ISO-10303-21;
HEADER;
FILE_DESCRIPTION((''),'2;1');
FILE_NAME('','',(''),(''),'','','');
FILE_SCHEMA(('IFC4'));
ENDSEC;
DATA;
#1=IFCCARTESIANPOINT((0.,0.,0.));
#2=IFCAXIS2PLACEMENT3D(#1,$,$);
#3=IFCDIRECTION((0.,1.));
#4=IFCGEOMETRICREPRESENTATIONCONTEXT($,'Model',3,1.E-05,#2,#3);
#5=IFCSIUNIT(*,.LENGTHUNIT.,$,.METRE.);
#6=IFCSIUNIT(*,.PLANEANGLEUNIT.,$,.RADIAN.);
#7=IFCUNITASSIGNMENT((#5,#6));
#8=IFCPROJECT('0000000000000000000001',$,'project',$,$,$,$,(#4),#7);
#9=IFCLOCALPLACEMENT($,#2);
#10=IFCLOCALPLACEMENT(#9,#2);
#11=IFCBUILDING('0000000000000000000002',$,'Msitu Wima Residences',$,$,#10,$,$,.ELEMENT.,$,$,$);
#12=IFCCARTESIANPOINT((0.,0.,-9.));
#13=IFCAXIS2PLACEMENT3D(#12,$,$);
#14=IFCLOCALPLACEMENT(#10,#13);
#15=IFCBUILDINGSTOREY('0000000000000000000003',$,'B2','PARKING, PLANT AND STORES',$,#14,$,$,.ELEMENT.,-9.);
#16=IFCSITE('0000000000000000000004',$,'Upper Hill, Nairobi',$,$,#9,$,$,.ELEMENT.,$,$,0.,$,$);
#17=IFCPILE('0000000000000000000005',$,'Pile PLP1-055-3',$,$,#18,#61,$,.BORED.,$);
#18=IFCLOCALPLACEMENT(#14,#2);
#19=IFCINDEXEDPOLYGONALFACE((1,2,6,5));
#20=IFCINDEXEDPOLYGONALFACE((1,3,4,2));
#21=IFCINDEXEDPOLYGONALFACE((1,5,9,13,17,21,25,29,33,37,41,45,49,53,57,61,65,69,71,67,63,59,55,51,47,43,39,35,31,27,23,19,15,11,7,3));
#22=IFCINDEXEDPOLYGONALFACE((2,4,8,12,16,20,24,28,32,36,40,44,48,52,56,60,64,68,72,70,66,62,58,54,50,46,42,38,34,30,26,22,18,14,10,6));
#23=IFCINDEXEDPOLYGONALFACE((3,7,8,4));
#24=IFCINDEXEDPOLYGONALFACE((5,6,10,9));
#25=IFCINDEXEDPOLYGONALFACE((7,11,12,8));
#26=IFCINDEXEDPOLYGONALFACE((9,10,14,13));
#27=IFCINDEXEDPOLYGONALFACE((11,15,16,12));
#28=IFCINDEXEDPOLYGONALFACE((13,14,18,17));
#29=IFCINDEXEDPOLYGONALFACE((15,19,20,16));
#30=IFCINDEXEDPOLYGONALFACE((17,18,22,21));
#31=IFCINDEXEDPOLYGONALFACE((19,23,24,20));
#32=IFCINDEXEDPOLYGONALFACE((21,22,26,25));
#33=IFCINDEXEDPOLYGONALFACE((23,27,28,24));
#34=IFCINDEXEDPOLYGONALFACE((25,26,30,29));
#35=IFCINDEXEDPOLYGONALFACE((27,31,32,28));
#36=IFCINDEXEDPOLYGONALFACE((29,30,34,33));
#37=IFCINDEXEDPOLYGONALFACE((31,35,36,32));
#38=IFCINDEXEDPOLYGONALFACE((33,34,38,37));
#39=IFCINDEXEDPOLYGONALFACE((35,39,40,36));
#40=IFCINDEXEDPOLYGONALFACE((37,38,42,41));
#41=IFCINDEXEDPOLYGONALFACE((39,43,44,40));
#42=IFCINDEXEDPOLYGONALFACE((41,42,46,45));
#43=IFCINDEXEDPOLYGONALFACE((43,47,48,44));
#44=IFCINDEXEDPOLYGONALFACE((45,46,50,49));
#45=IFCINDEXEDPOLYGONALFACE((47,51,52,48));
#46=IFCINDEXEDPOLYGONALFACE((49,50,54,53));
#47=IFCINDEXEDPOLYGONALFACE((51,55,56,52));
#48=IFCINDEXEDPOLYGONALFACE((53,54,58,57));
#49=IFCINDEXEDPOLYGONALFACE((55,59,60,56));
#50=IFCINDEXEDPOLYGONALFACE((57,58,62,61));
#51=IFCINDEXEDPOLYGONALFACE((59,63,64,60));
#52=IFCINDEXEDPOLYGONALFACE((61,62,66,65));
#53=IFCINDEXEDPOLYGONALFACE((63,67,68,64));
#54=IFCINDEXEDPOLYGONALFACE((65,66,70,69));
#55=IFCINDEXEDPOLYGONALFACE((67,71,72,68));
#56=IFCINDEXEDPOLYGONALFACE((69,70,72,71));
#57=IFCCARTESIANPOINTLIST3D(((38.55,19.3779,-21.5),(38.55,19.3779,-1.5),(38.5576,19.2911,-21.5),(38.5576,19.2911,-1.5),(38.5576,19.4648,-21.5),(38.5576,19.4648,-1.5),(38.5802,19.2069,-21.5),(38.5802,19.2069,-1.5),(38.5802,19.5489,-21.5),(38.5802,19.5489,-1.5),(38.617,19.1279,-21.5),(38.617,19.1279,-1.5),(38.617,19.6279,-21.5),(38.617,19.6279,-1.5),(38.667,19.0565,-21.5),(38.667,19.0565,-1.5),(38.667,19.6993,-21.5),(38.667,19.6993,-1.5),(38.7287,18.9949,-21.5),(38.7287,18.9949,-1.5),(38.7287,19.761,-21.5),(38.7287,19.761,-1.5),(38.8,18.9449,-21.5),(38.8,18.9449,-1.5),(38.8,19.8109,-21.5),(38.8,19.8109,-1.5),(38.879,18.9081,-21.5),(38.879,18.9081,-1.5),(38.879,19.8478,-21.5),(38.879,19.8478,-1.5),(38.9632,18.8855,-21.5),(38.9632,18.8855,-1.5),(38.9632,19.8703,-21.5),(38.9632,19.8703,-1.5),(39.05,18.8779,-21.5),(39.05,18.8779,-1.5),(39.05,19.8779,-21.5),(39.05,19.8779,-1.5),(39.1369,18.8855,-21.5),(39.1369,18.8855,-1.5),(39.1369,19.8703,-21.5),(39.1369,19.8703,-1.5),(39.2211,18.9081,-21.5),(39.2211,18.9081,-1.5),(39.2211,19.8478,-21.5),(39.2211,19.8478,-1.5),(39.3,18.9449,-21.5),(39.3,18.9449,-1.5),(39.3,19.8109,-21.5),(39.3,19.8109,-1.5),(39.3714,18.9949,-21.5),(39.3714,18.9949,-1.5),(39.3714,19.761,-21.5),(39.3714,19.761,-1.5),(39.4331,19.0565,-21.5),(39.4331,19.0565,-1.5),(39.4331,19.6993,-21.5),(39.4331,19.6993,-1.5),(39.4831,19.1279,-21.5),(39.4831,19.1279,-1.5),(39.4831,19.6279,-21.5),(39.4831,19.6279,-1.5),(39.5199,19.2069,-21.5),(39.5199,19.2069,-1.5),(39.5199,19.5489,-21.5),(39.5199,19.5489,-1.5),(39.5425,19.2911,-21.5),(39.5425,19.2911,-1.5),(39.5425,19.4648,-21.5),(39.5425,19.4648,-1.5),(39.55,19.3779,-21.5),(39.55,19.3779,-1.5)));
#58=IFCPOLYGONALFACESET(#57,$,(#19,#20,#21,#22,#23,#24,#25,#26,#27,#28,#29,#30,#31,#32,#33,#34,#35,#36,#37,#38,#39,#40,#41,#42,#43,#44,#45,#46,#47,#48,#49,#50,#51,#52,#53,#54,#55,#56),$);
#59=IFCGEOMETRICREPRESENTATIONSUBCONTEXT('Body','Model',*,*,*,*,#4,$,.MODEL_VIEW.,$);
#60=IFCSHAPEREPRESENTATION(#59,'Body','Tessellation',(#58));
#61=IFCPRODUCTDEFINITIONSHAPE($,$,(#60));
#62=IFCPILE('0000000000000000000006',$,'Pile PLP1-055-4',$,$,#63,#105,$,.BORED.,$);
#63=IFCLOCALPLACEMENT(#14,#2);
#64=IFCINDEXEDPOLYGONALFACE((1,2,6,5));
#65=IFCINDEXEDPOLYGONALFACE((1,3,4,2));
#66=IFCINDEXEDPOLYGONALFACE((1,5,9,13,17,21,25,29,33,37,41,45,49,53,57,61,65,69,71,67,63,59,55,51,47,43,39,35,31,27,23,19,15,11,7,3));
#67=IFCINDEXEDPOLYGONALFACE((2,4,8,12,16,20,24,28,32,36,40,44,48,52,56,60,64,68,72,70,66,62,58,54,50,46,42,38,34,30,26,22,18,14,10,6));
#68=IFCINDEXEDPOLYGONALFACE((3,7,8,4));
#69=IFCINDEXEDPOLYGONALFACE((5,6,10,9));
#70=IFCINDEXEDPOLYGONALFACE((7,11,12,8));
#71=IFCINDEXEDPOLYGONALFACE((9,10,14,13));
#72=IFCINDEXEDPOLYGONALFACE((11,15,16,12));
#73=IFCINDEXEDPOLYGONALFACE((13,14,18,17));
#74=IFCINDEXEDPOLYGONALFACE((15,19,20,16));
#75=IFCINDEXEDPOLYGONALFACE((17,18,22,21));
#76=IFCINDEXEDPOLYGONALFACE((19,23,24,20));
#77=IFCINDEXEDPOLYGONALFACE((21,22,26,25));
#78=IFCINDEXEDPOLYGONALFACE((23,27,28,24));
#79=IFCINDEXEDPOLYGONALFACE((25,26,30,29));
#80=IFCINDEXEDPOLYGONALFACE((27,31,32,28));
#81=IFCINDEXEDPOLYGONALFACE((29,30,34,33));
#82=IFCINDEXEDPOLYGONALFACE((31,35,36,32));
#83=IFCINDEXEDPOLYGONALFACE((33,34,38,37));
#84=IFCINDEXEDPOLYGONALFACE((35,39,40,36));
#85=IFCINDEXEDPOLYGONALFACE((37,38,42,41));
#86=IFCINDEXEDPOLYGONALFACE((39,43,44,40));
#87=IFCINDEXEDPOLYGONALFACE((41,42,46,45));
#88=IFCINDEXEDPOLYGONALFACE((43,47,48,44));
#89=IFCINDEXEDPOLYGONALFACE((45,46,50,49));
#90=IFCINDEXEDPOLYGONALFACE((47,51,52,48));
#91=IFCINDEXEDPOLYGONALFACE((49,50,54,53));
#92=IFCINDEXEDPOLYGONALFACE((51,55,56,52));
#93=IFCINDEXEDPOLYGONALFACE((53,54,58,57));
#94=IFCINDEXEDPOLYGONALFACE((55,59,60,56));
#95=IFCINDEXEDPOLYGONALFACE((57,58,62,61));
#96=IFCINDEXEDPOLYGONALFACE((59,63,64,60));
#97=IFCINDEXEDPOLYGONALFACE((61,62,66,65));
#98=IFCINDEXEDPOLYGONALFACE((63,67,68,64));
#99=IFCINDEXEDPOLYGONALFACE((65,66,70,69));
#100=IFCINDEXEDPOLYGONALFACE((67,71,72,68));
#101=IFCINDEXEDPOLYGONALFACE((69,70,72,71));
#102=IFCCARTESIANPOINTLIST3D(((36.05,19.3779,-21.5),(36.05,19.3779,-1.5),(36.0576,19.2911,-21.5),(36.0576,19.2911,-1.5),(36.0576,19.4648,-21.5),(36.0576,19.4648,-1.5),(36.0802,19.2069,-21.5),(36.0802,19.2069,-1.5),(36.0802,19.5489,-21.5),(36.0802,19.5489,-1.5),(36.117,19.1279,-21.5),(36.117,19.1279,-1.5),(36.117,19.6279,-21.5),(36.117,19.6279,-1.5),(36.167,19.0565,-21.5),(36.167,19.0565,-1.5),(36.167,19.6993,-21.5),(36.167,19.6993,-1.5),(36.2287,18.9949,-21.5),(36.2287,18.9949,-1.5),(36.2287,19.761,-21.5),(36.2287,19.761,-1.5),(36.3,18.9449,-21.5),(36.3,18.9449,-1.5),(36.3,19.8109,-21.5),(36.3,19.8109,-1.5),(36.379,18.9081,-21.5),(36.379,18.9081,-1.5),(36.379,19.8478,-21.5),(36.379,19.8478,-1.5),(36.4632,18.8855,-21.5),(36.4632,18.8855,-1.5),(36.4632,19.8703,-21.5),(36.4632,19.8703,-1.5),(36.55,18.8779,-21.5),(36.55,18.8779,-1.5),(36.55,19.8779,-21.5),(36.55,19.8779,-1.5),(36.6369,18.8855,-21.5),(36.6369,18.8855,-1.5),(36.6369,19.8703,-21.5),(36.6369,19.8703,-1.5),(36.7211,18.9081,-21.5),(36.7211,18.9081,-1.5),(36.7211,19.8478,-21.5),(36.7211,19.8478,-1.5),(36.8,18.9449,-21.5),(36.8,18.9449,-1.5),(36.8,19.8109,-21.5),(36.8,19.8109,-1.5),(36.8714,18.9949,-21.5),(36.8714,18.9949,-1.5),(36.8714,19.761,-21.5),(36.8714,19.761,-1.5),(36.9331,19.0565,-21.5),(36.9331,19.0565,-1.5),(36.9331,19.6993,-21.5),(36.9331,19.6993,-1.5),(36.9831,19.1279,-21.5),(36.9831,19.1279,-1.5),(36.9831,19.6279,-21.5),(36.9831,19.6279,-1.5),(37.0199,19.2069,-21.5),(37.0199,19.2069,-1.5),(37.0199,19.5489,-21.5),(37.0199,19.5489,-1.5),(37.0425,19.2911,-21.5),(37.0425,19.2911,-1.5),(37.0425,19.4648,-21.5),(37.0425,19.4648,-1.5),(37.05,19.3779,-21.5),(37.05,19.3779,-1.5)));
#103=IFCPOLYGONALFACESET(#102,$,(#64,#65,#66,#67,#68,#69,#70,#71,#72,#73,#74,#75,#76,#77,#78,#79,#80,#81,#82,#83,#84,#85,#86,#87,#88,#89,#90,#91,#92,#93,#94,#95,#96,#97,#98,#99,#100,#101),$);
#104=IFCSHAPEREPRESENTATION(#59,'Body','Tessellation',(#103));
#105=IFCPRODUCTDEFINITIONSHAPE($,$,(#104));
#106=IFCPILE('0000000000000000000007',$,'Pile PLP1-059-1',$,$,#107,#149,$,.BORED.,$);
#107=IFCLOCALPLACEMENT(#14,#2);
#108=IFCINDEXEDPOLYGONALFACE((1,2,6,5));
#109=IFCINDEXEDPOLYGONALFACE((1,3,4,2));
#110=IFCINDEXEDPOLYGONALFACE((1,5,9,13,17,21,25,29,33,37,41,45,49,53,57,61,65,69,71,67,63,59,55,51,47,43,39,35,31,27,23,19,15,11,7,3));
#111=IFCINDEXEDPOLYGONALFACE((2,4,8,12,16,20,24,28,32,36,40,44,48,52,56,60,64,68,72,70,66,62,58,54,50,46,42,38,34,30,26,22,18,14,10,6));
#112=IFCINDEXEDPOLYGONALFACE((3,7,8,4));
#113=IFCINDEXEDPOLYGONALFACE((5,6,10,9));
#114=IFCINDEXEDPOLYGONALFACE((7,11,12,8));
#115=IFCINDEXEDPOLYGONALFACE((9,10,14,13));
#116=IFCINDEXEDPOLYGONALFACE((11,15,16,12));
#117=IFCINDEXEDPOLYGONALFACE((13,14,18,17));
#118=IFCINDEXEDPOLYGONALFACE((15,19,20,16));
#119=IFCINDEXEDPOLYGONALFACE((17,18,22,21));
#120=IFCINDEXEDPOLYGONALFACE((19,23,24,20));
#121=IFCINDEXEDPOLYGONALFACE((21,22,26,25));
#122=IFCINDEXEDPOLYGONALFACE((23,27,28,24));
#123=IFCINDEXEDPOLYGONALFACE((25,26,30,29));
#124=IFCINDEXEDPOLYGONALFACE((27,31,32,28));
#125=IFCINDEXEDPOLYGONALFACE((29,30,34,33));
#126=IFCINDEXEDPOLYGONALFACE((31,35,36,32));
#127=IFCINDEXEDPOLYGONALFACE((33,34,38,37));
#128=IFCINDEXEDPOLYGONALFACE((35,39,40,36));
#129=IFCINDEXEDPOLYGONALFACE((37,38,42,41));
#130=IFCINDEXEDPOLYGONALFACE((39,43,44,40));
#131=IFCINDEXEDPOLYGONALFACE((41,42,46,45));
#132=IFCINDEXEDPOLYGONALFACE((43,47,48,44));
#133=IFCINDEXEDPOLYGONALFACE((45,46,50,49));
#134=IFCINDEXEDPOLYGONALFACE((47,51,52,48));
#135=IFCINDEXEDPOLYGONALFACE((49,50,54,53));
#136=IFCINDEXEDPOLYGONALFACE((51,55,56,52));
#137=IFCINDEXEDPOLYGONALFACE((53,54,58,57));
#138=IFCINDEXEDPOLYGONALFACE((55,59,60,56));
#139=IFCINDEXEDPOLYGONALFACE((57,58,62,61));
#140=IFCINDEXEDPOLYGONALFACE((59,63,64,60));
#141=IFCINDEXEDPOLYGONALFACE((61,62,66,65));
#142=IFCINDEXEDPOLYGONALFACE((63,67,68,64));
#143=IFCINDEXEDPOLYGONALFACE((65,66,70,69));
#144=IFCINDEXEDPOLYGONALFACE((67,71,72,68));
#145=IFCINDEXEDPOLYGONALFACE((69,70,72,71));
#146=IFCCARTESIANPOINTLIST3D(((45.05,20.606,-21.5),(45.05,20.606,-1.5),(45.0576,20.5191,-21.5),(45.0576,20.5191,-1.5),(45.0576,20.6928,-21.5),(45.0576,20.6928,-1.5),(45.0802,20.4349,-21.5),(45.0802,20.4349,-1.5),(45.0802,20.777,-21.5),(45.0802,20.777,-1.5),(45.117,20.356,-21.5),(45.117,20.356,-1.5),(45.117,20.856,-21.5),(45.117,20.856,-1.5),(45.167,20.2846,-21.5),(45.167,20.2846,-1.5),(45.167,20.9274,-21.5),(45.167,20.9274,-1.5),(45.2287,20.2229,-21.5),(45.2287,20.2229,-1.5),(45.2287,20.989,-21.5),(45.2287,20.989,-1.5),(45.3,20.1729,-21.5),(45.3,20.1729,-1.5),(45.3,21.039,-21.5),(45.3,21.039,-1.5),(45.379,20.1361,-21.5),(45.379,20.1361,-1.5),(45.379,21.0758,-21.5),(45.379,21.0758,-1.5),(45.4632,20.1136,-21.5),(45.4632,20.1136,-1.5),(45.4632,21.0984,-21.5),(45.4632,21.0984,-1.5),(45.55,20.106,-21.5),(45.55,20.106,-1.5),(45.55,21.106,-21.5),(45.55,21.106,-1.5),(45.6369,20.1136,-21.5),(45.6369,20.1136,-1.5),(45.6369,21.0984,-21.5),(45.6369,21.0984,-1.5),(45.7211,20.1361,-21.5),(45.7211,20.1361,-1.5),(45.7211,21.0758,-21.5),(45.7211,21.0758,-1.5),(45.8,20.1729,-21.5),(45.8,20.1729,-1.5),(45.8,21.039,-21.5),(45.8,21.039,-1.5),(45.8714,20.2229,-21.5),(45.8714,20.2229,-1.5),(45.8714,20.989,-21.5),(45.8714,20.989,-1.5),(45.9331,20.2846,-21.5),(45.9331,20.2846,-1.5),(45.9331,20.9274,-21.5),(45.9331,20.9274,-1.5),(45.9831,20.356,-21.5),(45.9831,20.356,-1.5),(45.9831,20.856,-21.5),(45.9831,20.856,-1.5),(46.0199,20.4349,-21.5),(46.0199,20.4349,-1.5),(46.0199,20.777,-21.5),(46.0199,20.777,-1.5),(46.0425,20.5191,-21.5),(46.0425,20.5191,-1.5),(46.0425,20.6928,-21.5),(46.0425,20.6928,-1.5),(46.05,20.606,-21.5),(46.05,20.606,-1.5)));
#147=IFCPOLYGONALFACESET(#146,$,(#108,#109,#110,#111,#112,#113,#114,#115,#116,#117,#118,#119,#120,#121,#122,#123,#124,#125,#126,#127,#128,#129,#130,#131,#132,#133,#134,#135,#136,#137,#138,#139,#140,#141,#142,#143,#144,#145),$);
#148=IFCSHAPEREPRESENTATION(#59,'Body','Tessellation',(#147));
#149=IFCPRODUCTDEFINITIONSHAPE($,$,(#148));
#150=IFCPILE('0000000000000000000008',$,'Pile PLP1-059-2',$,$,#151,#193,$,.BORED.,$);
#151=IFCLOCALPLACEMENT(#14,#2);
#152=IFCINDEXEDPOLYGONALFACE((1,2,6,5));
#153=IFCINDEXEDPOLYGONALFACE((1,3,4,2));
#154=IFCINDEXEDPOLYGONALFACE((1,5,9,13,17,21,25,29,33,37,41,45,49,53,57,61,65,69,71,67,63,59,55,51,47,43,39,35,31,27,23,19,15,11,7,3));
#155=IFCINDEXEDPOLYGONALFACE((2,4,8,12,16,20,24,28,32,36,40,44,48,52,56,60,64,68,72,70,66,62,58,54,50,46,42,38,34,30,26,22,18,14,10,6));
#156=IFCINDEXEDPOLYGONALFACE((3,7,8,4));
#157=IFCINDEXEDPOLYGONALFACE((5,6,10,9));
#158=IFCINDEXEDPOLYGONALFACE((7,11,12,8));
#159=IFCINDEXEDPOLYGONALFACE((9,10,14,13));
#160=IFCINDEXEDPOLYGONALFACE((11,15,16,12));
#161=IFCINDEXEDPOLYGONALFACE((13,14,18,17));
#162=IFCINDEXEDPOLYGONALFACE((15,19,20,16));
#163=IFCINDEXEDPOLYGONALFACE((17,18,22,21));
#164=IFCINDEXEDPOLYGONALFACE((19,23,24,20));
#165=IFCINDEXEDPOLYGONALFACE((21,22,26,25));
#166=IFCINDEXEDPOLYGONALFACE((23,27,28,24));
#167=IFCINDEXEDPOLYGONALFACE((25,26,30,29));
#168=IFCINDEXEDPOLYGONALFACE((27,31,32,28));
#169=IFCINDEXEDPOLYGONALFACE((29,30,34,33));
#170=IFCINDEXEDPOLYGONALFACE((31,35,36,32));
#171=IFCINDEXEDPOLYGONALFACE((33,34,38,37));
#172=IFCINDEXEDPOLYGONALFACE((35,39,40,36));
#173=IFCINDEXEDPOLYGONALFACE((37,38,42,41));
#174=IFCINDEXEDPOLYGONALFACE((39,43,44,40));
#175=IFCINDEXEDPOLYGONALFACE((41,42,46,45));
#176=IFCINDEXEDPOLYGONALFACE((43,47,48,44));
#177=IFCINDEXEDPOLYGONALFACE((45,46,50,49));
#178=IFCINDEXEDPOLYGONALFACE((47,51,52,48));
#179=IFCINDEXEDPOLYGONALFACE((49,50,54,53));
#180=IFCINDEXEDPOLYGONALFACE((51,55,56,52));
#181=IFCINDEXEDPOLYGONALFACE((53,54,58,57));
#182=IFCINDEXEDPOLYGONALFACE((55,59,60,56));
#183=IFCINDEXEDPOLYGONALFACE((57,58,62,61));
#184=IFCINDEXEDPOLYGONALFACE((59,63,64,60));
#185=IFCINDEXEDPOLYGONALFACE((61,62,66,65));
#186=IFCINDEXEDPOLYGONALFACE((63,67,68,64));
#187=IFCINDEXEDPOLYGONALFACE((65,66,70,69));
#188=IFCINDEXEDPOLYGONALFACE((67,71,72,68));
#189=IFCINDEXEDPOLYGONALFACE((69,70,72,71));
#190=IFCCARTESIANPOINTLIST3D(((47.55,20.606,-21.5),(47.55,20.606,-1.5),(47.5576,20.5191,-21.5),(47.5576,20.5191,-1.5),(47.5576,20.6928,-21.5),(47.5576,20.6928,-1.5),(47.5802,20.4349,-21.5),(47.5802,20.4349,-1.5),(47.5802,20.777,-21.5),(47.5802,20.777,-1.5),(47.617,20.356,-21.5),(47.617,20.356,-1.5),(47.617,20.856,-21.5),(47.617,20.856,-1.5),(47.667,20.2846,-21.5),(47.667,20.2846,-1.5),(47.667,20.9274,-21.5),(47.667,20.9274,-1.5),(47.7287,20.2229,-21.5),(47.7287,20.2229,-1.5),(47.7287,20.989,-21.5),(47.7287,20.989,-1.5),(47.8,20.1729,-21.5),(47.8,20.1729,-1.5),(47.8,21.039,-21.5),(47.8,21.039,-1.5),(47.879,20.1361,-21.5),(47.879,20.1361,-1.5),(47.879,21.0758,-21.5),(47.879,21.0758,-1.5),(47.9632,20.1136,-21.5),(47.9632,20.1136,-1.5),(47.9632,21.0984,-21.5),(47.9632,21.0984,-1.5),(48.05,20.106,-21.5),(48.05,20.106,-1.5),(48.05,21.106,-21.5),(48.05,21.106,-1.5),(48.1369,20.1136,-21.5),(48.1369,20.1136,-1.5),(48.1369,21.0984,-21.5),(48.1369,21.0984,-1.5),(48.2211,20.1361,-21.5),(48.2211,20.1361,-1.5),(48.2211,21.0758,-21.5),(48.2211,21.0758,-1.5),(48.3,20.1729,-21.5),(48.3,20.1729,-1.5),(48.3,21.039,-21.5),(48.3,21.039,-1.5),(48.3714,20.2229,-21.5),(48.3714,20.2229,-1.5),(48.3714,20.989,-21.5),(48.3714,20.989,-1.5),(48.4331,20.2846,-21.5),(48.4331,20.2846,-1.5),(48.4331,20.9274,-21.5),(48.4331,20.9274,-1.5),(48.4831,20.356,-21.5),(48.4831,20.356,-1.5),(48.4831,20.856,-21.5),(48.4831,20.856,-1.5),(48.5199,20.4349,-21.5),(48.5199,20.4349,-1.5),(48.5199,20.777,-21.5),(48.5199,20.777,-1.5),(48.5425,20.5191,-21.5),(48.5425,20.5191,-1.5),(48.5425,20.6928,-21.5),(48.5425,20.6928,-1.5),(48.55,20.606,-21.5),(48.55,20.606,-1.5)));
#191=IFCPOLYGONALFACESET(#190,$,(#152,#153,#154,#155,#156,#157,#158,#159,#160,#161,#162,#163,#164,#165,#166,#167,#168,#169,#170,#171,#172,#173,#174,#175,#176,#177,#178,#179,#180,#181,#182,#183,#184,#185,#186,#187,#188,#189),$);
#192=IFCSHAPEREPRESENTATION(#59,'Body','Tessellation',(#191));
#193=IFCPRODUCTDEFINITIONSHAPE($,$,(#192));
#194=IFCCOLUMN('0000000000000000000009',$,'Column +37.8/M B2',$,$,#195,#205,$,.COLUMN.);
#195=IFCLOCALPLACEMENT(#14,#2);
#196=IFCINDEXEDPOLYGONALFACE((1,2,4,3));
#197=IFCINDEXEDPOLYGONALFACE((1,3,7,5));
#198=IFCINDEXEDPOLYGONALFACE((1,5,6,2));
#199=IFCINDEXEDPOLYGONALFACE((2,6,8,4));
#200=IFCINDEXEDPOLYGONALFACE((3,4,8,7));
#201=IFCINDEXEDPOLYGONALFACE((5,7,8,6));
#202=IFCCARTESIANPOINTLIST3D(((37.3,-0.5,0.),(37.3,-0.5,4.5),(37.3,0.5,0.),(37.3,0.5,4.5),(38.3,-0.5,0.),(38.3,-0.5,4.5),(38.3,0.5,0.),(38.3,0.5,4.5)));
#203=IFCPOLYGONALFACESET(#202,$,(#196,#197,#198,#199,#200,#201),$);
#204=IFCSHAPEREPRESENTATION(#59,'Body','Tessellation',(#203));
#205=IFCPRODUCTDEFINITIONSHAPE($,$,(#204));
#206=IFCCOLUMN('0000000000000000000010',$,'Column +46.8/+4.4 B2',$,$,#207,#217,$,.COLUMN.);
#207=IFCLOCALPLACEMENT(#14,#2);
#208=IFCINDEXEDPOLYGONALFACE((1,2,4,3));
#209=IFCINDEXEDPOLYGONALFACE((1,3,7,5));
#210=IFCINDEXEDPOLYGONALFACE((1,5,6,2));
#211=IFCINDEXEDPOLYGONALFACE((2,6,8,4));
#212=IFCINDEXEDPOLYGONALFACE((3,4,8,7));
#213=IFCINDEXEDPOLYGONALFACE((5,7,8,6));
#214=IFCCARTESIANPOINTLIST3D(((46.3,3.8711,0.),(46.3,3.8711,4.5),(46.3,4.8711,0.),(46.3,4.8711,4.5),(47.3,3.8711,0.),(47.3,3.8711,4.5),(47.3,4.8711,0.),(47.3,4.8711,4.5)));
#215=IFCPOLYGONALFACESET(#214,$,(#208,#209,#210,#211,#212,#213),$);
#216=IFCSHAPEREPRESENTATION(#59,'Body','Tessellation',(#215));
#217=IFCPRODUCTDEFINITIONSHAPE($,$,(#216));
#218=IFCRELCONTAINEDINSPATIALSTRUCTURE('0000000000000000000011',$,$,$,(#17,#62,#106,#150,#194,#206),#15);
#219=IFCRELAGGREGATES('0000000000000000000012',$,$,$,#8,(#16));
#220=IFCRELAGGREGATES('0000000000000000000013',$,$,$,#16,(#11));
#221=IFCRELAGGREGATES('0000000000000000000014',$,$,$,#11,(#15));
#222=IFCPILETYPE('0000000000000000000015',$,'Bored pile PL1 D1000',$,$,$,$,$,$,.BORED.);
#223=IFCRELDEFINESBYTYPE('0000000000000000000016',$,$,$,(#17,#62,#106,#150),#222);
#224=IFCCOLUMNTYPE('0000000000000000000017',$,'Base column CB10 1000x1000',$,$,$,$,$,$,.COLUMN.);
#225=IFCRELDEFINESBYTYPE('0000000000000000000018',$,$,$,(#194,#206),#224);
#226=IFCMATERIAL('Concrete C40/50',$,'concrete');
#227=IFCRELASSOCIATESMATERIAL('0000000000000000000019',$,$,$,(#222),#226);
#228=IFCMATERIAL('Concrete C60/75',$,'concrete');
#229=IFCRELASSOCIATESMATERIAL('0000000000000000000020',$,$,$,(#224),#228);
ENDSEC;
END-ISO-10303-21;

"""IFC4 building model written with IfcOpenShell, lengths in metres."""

from ifc_helpers import new_model, si_unit, direction, frame, origin, origin_2d, place, context, subcontext, project, spatial, rectangle, circle, extrude, material, material_profile, profile_set, type_object, element, save


model = new_model("IFC4")

# Units and contexts
model_context = context("Model", 3, precision=1e-05, world=origin(), true_north=direction((0.0, 1.0)))
body_context = subcontext(model_context, "Body", "Model", "MODEL_VIEW")
ifc_project = project(units=[si_unit("LENGTHUNIT", "METRE"), si_unit("PLANEANGLEUNIT", "RADIAN")], contexts=[model_context])

# Site, building, storey
site_placement = place(None, origin())
site = spatial("IfcSite", under=ifc_project, at=site_placement, Name="Upper Hill, Nairobi", CompositionType="ELEMENT", RefElevation=0.0)
building_placement = place(site_placement, origin())
building = spatial("IfcBuilding", under=site, at=building_placement, Name="Msitu Wima Residences", CompositionType="ELEMENT")
storey_placement = place(building_placement, frame((0.0, 0.0, -9.0)))
storey = spatial("IfcBuildingStorey", under=building, at=storey_placement, Name="B2", Description="PARKING, PLANT AND STORES", CompositionType="ELEMENT", Elevation=-9.0)

# Piles
ifc_material_1 = material(Name="Concrete C40/50", Category="concrete")
pile_type = type_object("IfcPileType", Name="Bored pile PL1 D1000", PredefinedType="BORED", material=ifc_material_1)
for number, where, z_axis, x_axis, name in (
    (1, (39.05, 19.3779, -1.5), (0.0, 0.0, -1.0), (1.0, 0.0, 0.0), "Pile PLP1-055-3"),
    (2, (36.55, 19.3779, -1.5), (0.0, 0.0, -1.0), (1.0, 0.0, 0.0), "Pile PLP1-055-4"),
    (3, (45.55, 20.606, -1.5), (0.0, 0.0, -1.0), (1.0, 0.0, 0.0), "Pile PLP1-059-1"),
    (4, (48.05, 20.606, -1.5), (0.0, 0.0, -1.0), (1.0, 0.0, 0.0), "Pile PLP1-059-2"),
):
    element("IfcPile", number, at=place(storey_placement, frame(where, z_axis=z_axis, x_axis=x_axis)), inside=storey, type_object=pile_type, Name=name, PredefinedType="BORED", context=body_context, shape_type="SweptSolid", body=[
        extrude(circle(Radius=0.5, at=origin_2d()), origin(), (0.0, 0.0, 1.0), 20.0),
    ])

# Columns
ifc_material_2 = material(Name="Concrete C60/75", Category="concrete")
ifc_material_profile = material_profile(ifc_material_2, rectangle(XDim=1.0, YDim=1.0, at=origin_2d()), Name="RC 1000x1000")
ifc_profile_set = profile_set([ifc_material_profile], Name="Concrete C60/75")
column_type = type_object("IfcColumnType", Name="Base column CB10 1000x1000", PredefinedType="COLUMN", material=ifc_profile_set)
for number, where, z_axis, x_axis, name in (
    (5, (37.8, 0.0, 0.0), (0.0, 0.0, 1.0), (1.0, 0.0, 0.0), "Column +37.8/M B2"),
    (6, (46.8, 4.3711, 0.0), (0.0, 0.0, 1.0), (1.0, 0.0, 0.0), "Column +46.8/+4.4 B2"),
):
    element("IfcColumn", number, at=place(storey_placement, frame(where, z_axis=z_axis, x_axis=x_axis)), inside=storey, type_object=column_type, Name=name, PredefinedType="COLUMN", context=body_context, shape_type="SweptSolid", body=[
        extrude(rectangle(XDim=1.0, YDim=1.0, at=origin_2d()), origin(), (0.0, 0.0, 1.0), 4.5),
    ])

save(model, "model.ifc")
